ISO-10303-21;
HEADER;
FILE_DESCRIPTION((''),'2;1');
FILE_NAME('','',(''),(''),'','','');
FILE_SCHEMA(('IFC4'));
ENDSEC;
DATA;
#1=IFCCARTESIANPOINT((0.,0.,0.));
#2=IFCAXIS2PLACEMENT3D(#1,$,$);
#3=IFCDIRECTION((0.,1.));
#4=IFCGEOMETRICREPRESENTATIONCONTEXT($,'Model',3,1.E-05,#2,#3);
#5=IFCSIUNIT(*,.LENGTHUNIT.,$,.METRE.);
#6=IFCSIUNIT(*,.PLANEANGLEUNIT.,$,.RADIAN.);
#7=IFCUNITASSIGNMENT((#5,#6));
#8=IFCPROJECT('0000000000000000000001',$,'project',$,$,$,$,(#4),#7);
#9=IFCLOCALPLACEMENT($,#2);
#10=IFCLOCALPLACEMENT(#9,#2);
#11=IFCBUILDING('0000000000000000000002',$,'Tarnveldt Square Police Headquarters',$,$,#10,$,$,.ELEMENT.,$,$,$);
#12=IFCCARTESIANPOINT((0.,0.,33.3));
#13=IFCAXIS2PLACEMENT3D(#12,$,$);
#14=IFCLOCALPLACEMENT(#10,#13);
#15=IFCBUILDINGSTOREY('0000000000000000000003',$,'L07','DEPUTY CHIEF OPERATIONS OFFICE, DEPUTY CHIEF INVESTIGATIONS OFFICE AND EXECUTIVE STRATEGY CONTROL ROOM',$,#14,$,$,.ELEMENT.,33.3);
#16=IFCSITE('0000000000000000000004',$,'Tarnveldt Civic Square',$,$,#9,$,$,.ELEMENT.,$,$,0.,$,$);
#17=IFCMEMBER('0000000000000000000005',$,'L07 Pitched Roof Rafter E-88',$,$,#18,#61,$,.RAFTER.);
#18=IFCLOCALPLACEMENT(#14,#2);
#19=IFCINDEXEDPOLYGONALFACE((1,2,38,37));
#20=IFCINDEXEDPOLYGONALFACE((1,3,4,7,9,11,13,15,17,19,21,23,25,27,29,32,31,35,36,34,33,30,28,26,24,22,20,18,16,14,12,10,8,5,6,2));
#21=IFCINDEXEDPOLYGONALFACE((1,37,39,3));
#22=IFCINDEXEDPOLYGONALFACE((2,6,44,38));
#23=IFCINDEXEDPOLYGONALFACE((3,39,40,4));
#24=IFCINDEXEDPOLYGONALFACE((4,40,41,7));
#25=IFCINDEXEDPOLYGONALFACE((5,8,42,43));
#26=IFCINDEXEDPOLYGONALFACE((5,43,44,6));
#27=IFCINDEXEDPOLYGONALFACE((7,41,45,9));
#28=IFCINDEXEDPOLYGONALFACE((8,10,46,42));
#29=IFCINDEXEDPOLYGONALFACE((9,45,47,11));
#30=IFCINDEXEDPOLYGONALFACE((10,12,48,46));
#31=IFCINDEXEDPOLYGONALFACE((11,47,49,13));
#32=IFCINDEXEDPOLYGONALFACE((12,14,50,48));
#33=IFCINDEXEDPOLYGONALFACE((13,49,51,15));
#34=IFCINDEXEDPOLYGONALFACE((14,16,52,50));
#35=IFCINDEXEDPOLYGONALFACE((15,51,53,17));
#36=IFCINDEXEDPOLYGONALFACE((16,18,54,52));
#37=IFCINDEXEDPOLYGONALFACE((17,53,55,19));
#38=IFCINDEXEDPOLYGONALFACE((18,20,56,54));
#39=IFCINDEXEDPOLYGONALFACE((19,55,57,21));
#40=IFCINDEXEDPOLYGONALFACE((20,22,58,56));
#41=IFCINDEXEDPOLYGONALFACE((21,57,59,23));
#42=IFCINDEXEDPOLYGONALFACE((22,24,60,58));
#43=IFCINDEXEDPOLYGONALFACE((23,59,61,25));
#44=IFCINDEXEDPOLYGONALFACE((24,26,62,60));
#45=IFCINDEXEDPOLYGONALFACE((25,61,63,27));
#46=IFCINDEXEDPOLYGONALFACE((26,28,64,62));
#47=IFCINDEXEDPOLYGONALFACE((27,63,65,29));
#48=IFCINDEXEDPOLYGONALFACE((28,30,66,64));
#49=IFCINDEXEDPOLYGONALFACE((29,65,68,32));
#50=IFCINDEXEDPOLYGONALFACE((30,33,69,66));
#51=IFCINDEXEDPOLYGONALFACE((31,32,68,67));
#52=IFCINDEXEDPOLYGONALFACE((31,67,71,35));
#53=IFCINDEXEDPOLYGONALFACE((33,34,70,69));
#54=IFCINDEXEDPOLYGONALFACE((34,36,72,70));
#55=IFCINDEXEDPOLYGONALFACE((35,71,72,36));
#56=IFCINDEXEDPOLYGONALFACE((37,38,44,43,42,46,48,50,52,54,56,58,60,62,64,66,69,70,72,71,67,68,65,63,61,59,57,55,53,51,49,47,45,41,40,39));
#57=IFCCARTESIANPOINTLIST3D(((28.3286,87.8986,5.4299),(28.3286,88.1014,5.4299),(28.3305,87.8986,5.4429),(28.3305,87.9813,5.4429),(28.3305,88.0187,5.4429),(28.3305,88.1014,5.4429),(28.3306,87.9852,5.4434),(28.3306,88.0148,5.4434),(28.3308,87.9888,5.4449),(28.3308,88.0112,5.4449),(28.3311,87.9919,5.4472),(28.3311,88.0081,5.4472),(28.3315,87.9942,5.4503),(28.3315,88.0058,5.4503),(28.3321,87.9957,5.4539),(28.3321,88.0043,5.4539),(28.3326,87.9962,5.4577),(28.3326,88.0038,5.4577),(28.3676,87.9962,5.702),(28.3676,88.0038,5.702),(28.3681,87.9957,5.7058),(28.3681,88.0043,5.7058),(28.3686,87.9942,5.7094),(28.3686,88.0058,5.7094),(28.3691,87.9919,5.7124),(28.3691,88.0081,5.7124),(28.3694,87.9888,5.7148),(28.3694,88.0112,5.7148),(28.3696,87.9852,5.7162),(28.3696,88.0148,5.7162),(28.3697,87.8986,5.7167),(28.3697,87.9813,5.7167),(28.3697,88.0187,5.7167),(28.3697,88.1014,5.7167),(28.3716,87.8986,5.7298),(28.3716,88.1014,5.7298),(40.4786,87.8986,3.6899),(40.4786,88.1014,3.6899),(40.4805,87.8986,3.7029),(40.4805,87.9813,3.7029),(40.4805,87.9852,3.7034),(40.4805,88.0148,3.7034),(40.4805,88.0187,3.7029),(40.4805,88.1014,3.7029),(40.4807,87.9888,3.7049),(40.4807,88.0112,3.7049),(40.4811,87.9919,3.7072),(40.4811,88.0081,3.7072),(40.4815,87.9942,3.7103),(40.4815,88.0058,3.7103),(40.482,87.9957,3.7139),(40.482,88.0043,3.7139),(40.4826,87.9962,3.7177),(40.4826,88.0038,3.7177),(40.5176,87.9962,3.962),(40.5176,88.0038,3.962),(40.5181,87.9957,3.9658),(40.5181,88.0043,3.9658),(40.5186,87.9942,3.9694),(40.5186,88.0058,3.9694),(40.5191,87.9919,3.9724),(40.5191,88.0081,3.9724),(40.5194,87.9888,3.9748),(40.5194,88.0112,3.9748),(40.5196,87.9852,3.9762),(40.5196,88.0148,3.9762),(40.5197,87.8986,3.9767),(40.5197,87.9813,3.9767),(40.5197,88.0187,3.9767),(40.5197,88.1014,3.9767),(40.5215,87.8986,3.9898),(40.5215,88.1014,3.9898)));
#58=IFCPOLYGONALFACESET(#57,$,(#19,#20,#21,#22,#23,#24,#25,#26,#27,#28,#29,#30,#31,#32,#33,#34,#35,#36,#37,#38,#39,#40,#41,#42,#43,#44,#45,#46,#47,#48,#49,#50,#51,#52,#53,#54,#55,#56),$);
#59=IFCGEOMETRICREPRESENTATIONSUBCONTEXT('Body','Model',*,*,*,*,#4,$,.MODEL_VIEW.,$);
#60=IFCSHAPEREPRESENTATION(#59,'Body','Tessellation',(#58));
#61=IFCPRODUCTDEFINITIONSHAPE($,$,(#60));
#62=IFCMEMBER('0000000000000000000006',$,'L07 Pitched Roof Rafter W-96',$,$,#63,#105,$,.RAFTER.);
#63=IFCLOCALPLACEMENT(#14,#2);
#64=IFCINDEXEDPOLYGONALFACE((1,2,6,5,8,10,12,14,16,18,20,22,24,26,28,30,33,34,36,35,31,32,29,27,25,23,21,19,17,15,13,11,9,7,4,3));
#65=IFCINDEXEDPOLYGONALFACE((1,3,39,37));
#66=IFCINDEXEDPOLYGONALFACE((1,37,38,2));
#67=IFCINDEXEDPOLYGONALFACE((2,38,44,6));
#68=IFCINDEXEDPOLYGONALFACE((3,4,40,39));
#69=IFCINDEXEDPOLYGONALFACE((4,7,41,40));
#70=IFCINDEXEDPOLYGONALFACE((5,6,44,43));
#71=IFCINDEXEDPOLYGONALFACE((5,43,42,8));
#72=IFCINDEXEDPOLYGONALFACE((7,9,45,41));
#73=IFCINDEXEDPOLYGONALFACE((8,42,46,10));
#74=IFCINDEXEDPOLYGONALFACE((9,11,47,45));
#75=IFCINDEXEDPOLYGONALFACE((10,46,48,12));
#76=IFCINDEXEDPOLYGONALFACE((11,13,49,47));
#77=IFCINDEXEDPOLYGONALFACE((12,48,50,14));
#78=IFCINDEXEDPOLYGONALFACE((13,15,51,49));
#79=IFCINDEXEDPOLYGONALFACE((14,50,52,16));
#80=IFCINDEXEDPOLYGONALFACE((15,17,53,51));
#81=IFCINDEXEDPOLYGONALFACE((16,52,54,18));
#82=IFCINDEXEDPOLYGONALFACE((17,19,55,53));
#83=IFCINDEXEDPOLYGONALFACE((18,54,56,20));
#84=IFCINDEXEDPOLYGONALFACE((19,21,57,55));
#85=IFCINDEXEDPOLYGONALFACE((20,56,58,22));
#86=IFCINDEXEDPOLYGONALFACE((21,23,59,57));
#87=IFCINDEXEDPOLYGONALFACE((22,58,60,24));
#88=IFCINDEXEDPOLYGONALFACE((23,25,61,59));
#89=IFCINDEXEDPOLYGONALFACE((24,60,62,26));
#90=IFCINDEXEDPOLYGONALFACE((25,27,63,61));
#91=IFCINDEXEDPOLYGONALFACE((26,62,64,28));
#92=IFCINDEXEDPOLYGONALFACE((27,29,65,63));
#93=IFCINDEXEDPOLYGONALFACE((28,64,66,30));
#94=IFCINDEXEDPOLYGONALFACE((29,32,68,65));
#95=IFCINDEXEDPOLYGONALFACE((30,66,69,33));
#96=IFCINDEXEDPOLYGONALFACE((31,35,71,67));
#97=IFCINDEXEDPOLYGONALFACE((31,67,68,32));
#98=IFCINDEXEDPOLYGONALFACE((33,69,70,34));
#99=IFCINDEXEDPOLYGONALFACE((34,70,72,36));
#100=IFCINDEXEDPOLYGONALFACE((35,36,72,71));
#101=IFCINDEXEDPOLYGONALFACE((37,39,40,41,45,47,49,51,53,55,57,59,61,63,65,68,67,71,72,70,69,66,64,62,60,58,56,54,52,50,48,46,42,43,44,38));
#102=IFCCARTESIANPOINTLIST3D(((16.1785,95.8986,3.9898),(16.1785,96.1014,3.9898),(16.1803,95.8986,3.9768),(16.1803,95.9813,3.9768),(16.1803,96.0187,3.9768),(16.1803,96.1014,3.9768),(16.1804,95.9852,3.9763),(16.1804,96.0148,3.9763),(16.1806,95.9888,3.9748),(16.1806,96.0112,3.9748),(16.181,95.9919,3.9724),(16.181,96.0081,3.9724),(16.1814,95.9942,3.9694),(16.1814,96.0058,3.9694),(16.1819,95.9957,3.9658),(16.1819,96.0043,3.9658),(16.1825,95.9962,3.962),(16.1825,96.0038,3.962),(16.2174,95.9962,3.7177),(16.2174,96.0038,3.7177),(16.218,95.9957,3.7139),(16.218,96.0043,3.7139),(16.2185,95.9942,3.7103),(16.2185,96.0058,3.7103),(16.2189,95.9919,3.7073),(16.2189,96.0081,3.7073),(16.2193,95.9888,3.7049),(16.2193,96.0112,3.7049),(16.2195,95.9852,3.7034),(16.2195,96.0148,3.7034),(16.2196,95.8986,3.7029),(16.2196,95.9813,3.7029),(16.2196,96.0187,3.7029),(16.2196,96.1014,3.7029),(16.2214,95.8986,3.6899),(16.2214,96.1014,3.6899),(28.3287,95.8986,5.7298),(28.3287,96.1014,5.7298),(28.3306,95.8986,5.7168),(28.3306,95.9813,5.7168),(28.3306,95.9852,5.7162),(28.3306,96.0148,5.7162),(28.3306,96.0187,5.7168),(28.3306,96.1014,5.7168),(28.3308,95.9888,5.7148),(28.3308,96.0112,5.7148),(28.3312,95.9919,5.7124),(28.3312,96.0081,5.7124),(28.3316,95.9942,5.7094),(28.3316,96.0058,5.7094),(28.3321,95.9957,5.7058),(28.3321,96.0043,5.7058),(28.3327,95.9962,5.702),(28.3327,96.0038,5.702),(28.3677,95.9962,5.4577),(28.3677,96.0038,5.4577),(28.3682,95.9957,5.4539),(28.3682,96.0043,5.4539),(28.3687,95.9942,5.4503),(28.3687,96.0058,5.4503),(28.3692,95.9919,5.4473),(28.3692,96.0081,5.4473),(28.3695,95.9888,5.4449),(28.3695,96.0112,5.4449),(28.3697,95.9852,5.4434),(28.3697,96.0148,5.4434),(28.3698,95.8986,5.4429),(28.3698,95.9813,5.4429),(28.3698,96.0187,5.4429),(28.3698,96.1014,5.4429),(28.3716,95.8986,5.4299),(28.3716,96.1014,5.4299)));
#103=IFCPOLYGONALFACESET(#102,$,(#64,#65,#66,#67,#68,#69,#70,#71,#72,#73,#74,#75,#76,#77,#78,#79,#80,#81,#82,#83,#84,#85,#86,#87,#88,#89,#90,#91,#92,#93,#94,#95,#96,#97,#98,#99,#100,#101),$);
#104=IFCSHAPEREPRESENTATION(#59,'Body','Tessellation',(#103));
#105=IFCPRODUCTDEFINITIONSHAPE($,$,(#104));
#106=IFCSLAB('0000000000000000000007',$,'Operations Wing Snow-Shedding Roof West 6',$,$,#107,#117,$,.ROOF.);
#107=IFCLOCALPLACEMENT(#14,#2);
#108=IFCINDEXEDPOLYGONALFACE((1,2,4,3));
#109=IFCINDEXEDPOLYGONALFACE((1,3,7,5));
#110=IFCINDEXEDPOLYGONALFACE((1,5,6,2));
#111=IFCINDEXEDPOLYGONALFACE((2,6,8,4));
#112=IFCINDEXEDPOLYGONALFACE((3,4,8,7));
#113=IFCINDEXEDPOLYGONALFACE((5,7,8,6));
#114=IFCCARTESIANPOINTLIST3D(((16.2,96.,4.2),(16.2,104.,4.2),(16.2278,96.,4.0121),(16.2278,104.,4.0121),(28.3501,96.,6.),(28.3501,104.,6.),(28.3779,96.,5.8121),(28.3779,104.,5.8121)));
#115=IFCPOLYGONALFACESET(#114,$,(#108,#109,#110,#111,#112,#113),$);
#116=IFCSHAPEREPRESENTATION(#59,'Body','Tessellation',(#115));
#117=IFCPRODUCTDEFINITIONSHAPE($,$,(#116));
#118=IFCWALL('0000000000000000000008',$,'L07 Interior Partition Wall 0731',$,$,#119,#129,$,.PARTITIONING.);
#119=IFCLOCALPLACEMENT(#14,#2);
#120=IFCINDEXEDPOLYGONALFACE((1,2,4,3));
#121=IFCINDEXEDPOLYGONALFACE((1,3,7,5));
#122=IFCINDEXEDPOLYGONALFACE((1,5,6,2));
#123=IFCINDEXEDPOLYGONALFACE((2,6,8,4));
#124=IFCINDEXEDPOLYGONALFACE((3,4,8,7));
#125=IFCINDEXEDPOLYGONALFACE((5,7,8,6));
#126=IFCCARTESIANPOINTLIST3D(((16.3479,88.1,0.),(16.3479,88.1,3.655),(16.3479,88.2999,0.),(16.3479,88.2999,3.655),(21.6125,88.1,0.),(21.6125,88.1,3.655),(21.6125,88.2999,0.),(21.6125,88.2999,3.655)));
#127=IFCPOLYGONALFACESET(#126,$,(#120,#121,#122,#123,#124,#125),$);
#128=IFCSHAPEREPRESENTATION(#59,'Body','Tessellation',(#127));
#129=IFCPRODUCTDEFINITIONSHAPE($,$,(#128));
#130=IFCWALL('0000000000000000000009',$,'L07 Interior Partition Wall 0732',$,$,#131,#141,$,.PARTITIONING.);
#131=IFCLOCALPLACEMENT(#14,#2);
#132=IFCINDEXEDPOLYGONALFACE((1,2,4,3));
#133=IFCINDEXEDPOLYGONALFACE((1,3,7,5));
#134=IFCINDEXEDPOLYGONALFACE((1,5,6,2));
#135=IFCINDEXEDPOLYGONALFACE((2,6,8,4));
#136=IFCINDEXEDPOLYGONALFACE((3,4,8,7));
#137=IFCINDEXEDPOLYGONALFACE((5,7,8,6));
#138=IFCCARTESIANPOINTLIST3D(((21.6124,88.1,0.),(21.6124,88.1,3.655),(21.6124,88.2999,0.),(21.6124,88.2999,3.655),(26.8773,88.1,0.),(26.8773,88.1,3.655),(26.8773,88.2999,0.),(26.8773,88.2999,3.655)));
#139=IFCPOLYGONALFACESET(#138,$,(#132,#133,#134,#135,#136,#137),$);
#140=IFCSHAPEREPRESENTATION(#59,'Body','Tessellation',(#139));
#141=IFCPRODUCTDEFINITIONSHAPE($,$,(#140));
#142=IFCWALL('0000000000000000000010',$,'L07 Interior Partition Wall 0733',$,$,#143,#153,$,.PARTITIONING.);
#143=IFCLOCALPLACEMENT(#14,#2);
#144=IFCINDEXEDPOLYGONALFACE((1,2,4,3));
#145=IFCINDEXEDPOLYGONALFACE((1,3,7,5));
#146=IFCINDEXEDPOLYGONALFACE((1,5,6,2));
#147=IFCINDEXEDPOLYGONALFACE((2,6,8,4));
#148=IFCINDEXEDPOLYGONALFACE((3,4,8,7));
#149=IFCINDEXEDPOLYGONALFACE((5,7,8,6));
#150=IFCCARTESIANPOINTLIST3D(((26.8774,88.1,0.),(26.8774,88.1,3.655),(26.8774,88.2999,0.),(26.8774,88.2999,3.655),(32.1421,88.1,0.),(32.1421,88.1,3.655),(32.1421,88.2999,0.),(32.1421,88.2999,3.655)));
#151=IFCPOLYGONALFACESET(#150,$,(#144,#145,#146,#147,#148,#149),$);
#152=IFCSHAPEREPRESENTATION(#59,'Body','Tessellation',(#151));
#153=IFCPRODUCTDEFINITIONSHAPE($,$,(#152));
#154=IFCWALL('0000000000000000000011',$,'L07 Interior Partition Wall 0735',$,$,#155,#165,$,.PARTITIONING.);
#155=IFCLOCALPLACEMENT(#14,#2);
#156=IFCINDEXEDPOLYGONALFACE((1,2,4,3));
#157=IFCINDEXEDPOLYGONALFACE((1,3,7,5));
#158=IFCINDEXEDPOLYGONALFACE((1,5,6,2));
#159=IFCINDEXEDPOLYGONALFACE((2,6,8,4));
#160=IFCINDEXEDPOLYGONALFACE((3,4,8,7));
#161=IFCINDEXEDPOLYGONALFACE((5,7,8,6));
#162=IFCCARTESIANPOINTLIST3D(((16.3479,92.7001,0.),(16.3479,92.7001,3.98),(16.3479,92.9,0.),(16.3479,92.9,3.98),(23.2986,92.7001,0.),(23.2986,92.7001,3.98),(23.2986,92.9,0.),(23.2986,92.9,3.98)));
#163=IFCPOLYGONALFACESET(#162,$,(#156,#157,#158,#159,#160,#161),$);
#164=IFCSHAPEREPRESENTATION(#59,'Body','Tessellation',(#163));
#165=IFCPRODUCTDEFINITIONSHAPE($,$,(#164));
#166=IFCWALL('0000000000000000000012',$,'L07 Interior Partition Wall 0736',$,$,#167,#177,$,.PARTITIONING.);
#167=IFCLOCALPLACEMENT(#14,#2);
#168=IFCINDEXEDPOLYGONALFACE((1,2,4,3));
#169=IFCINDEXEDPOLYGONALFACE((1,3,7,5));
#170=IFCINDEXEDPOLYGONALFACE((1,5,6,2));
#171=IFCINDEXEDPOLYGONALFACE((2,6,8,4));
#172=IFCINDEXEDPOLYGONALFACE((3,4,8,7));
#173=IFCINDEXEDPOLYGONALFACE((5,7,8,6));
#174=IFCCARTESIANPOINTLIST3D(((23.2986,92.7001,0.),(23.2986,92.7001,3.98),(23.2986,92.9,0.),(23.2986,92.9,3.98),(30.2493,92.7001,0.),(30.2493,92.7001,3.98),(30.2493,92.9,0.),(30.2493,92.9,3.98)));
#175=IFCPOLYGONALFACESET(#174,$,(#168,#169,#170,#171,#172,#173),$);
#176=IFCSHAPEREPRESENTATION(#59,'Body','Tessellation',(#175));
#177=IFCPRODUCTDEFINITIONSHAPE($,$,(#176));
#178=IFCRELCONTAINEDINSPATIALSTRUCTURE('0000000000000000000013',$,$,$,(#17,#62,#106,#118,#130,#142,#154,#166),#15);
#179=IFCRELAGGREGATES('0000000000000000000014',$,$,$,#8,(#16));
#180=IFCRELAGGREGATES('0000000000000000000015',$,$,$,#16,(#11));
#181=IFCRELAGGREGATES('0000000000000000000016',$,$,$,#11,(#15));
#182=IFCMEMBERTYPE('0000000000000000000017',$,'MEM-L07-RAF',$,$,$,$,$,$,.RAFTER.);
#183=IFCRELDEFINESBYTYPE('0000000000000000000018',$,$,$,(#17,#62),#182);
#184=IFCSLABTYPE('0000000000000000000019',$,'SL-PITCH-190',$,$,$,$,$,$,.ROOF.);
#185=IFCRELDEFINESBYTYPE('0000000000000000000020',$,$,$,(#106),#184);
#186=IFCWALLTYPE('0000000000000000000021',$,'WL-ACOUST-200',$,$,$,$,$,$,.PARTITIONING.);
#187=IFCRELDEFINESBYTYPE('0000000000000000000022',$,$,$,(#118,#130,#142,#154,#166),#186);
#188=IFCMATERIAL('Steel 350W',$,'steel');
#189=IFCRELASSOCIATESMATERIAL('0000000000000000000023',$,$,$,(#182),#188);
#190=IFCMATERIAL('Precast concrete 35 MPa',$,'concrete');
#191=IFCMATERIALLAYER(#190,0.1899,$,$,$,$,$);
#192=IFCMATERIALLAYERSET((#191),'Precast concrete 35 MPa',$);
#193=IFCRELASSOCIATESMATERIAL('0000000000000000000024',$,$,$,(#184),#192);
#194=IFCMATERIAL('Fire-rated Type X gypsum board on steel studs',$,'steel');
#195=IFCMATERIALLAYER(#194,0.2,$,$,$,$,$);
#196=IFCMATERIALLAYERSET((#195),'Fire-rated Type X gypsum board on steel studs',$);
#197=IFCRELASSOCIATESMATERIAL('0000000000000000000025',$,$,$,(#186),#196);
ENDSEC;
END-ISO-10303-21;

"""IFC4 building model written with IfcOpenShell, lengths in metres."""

from ifc_helpers import new_model, si_unit, direction, frame, frame_2d, origin, origin_2d, place, context, subcontext, project, spatial, polyline, rectangle, i_section, outline, extrude, material, layer, layer_set, material_profile, profile_set, type_object, element, save


model = new_model("IFC4")

# Units and contexts
model_context = context("Model", 3, precision=1e-05, world=origin(), true_north=direction((0.0, 1.0)))
body_context = subcontext(model_context, "Body", "Model", "MODEL_VIEW")
ifc_project = project(units=[si_unit("LENGTHUNIT", "METRE"), si_unit("PLANEANGLEUNIT", "RADIAN")], contexts=[model_context])

# Site, building, storey
site_placement = place(None, origin())
site = spatial("IfcSite", under=ifc_project, at=site_placement, Name="Tarnveldt Civic Square", CompositionType="ELEMENT", RefElevation=0.0)
building_placement = place(site_placement, origin())
building = spatial("IfcBuilding", under=site, at=building_placement, Name="Tarnveldt Square Police Headquarters", CompositionType="ELEMENT")
storey_placement = place(building_placement, frame((0.0, 0.0, 33.3)))
storey = spatial("IfcBuildingStorey", under=building, at=storey_placement, Name="L07", Description="DEPUTY CHIEF OPERATIONS OFFICE, DEPUTY CHIEF INVESTIGATIONS OFFICE AND EXECUTIVE STRATEGY CONTROL ROOM", CompositionType="ELEMENT", Elevation=33.3)

# Shared definitions
ifc_material_1 = material(Name="Steel 350W", Category="steel")

# Members
ifc_material_profile_1 = material_profile(ifc_material_1, i_section(OverallWidth=0.2029, OverallDepth=0.303, WebThickness=0.0076, FlangeThickness=0.0132, FilletRadius=0.0149, at=origin_2d()), Name="W310x60")
ifc_profile_set_1 = profile_set([ifc_material_profile_1], Name="Steel 350W")
member_type_1 = type_object("IfcMemberType", Name="MEM-L07-RAF", PredefinedType="RAFTER", material=ifc_profile_set_1)
member_1_placement = place(storey_placement, frame((28.3501, 88.0, 5.5798), z_axis=(0.989901, 0.0, -0.141764), x_axis=(0.0, 1.0, 0.0)))
element("IfcMember", 1, at=member_1_placement, inside=storey, type_object=member_type_1, Name="L07 Pitched Roof Rafter E-88", PredefinedType="RAFTER", context=body_context, shape_type="SweptSolid", body=[
    extrude(i_section(OverallWidth=0.2029, OverallDepth=0.303, WebThickness=0.0076, FlangeThickness=0.0132, FilletRadius=0.0149, at=origin_2d()), origin(), (0.0, 0.0, 1.0), 12.2739),
])
member_2_placement = place(storey_placement, frame((16.2, 96.0, 3.8398), z_axis=(0.989901, 0.0, 0.141761), x_axis=(0.0, 1.0, 0.0)))
element("IfcMember", 2, at=member_2_placement, inside=storey, type_object=member_type_1, Name="L07 Pitched Roof Rafter W-96", PredefinedType="RAFTER", context=body_context, shape_type="SweptSolid", body=[
    extrude(i_section(OverallWidth=0.2029, OverallDepth=0.303, WebThickness=0.0076, FlangeThickness=0.0132, FilletRadius=0.0149, at=origin_2d()), origin(), (0.0, 0.0, 1.0), 12.2742),
])

# Slab
ifc_material_2 = material(Name="Precast concrete 35 MPa", Category="concrete")
ifc_layer_1 = layer(ifc_material_2, 0.1899)
ifc_layer_set_1 = layer_set([ifc_layer_1], Name="Precast concrete 35 MPa")
slab_type = type_object("IfcSlabType", Name="SL-PITCH-190", PredefinedType="ROOF", material=ifc_layer_set_1)
slab_placement = place(storey_placement, frame((16.2, 96.0, 4.2), z_axis=(-0.146551, 0.0, 0.989203), x_axis=(0.0, 1.0, 0.0)))
element("IfcSlab", 3, at=slab_placement, inside=storey, type_object=slab_type, Name="Operations Wing Snow-Shedding Roof West 6", PredefinedType="ROOF", context=body_context, shape_type="SweptSolid", body=[
    extrude(outline(polyline([(0.0, 0.0), (8.0, 0.0), (8.0, -12.2828), (0.0, -12.2828), (0.0, 0.0)])), origin(), (0.0, 0.0, -1.0), 0.1899),
])

# Walls
ifc_material_3 = material(Name="Fire-rated Type X gypsum board on steel studs", Category="steel")
ifc_layer_2 = layer(ifc_material_3, 0.2)
ifc_layer_set_2 = layer_set([ifc_layer_2], Name="Fire-rated Type X gypsum board on steel studs")
wall_type_1 = type_object("IfcWallType", Name="WL-ACOUST-200", PredefinedType="PARTITIONING", material=ifc_layer_set_2)
wall_1_placement = place(storey_placement, frame((16.3479, 88.2, 0.0), z_axis=(0.0, 0.0, 1.0), x_axis=(1.0, 0.0, 0.0)))
element("IfcWall", 4, at=wall_1_placement, inside=storey, type_object=wall_type_1, Name="L07 Interior Partition Wall 0731", PredefinedType="PARTITIONING", context=body_context, shape_type="SweptSolid", body=[
    extrude(rectangle(XDim=5.2646, YDim=0.2, at=frame_2d((2.6323, 0.0))), origin(), (0.0, 0.0, 1.0), 3.655),
])
wall_2_placement = place(storey_placement, frame((21.6125, 88.2, 0.0), z_axis=(0.0, 0.0, 1.0), x_axis=(1.0, 0.0, 0.0)))
element("IfcWall", 5, at=wall_2_placement, inside=storey, type_object=wall_type_1, Name="L07 Interior Partition Wall 0732", PredefinedType="PARTITIONING", context=body_context, shape_type="SweptSolid", body=[
    extrude(rectangle(XDim=5.2649, YDim=0.2, at=frame_2d((2.6323, 0.0))), origin(), (0.0, 0.0, 1.0), 3.655),
])
wall_3_placement = place(storey_placement, frame((26.8774, 88.2, 0.0), z_axis=(0.0, 0.0, 1.0), x_axis=(1.0, 0.0, 0.0)))
element("IfcWall", 6, at=wall_3_placement, inside=storey, type_object=wall_type_1, Name="L07 Interior Partition Wall 0733", PredefinedType="PARTITIONING", context=body_context, shape_type="SweptSolid", body=[
    extrude(rectangle(XDim=5.2646, YDim=0.2, at=frame_2d((2.6323, 0.0))), origin(), (0.0, 0.0, 1.0), 3.655),
])
for number, where, z_axis, x_axis, name in (
    (7, (16.3479, 92.8, 0.0), (0.0, 0.0, 1.0), (1.0, 0.0, 0.0), "L07 Interior Partition Wall 0735"),
    (8, (23.2986, 92.8, 0.0), (0.0, 0.0, 1.0), (1.0, 0.0, 0.0), "L07 Interior Partition Wall 0736"),
):
    element("IfcWall", number, at=place(storey_placement, frame(where, z_axis=z_axis, x_axis=x_axis)), inside=storey, type_object=wall_type_1, Name=name, PredefinedType="PARTITIONING", context=body_context, shape_type="SweptSolid", body=[
        extrude(rectangle(XDim=6.9507, YDim=0.2, at=frame_2d((3.4753, 0.0))), origin(), (0.0, 0.0, 1.0), 3.98),
    ])

save(model, "model.ifc")
